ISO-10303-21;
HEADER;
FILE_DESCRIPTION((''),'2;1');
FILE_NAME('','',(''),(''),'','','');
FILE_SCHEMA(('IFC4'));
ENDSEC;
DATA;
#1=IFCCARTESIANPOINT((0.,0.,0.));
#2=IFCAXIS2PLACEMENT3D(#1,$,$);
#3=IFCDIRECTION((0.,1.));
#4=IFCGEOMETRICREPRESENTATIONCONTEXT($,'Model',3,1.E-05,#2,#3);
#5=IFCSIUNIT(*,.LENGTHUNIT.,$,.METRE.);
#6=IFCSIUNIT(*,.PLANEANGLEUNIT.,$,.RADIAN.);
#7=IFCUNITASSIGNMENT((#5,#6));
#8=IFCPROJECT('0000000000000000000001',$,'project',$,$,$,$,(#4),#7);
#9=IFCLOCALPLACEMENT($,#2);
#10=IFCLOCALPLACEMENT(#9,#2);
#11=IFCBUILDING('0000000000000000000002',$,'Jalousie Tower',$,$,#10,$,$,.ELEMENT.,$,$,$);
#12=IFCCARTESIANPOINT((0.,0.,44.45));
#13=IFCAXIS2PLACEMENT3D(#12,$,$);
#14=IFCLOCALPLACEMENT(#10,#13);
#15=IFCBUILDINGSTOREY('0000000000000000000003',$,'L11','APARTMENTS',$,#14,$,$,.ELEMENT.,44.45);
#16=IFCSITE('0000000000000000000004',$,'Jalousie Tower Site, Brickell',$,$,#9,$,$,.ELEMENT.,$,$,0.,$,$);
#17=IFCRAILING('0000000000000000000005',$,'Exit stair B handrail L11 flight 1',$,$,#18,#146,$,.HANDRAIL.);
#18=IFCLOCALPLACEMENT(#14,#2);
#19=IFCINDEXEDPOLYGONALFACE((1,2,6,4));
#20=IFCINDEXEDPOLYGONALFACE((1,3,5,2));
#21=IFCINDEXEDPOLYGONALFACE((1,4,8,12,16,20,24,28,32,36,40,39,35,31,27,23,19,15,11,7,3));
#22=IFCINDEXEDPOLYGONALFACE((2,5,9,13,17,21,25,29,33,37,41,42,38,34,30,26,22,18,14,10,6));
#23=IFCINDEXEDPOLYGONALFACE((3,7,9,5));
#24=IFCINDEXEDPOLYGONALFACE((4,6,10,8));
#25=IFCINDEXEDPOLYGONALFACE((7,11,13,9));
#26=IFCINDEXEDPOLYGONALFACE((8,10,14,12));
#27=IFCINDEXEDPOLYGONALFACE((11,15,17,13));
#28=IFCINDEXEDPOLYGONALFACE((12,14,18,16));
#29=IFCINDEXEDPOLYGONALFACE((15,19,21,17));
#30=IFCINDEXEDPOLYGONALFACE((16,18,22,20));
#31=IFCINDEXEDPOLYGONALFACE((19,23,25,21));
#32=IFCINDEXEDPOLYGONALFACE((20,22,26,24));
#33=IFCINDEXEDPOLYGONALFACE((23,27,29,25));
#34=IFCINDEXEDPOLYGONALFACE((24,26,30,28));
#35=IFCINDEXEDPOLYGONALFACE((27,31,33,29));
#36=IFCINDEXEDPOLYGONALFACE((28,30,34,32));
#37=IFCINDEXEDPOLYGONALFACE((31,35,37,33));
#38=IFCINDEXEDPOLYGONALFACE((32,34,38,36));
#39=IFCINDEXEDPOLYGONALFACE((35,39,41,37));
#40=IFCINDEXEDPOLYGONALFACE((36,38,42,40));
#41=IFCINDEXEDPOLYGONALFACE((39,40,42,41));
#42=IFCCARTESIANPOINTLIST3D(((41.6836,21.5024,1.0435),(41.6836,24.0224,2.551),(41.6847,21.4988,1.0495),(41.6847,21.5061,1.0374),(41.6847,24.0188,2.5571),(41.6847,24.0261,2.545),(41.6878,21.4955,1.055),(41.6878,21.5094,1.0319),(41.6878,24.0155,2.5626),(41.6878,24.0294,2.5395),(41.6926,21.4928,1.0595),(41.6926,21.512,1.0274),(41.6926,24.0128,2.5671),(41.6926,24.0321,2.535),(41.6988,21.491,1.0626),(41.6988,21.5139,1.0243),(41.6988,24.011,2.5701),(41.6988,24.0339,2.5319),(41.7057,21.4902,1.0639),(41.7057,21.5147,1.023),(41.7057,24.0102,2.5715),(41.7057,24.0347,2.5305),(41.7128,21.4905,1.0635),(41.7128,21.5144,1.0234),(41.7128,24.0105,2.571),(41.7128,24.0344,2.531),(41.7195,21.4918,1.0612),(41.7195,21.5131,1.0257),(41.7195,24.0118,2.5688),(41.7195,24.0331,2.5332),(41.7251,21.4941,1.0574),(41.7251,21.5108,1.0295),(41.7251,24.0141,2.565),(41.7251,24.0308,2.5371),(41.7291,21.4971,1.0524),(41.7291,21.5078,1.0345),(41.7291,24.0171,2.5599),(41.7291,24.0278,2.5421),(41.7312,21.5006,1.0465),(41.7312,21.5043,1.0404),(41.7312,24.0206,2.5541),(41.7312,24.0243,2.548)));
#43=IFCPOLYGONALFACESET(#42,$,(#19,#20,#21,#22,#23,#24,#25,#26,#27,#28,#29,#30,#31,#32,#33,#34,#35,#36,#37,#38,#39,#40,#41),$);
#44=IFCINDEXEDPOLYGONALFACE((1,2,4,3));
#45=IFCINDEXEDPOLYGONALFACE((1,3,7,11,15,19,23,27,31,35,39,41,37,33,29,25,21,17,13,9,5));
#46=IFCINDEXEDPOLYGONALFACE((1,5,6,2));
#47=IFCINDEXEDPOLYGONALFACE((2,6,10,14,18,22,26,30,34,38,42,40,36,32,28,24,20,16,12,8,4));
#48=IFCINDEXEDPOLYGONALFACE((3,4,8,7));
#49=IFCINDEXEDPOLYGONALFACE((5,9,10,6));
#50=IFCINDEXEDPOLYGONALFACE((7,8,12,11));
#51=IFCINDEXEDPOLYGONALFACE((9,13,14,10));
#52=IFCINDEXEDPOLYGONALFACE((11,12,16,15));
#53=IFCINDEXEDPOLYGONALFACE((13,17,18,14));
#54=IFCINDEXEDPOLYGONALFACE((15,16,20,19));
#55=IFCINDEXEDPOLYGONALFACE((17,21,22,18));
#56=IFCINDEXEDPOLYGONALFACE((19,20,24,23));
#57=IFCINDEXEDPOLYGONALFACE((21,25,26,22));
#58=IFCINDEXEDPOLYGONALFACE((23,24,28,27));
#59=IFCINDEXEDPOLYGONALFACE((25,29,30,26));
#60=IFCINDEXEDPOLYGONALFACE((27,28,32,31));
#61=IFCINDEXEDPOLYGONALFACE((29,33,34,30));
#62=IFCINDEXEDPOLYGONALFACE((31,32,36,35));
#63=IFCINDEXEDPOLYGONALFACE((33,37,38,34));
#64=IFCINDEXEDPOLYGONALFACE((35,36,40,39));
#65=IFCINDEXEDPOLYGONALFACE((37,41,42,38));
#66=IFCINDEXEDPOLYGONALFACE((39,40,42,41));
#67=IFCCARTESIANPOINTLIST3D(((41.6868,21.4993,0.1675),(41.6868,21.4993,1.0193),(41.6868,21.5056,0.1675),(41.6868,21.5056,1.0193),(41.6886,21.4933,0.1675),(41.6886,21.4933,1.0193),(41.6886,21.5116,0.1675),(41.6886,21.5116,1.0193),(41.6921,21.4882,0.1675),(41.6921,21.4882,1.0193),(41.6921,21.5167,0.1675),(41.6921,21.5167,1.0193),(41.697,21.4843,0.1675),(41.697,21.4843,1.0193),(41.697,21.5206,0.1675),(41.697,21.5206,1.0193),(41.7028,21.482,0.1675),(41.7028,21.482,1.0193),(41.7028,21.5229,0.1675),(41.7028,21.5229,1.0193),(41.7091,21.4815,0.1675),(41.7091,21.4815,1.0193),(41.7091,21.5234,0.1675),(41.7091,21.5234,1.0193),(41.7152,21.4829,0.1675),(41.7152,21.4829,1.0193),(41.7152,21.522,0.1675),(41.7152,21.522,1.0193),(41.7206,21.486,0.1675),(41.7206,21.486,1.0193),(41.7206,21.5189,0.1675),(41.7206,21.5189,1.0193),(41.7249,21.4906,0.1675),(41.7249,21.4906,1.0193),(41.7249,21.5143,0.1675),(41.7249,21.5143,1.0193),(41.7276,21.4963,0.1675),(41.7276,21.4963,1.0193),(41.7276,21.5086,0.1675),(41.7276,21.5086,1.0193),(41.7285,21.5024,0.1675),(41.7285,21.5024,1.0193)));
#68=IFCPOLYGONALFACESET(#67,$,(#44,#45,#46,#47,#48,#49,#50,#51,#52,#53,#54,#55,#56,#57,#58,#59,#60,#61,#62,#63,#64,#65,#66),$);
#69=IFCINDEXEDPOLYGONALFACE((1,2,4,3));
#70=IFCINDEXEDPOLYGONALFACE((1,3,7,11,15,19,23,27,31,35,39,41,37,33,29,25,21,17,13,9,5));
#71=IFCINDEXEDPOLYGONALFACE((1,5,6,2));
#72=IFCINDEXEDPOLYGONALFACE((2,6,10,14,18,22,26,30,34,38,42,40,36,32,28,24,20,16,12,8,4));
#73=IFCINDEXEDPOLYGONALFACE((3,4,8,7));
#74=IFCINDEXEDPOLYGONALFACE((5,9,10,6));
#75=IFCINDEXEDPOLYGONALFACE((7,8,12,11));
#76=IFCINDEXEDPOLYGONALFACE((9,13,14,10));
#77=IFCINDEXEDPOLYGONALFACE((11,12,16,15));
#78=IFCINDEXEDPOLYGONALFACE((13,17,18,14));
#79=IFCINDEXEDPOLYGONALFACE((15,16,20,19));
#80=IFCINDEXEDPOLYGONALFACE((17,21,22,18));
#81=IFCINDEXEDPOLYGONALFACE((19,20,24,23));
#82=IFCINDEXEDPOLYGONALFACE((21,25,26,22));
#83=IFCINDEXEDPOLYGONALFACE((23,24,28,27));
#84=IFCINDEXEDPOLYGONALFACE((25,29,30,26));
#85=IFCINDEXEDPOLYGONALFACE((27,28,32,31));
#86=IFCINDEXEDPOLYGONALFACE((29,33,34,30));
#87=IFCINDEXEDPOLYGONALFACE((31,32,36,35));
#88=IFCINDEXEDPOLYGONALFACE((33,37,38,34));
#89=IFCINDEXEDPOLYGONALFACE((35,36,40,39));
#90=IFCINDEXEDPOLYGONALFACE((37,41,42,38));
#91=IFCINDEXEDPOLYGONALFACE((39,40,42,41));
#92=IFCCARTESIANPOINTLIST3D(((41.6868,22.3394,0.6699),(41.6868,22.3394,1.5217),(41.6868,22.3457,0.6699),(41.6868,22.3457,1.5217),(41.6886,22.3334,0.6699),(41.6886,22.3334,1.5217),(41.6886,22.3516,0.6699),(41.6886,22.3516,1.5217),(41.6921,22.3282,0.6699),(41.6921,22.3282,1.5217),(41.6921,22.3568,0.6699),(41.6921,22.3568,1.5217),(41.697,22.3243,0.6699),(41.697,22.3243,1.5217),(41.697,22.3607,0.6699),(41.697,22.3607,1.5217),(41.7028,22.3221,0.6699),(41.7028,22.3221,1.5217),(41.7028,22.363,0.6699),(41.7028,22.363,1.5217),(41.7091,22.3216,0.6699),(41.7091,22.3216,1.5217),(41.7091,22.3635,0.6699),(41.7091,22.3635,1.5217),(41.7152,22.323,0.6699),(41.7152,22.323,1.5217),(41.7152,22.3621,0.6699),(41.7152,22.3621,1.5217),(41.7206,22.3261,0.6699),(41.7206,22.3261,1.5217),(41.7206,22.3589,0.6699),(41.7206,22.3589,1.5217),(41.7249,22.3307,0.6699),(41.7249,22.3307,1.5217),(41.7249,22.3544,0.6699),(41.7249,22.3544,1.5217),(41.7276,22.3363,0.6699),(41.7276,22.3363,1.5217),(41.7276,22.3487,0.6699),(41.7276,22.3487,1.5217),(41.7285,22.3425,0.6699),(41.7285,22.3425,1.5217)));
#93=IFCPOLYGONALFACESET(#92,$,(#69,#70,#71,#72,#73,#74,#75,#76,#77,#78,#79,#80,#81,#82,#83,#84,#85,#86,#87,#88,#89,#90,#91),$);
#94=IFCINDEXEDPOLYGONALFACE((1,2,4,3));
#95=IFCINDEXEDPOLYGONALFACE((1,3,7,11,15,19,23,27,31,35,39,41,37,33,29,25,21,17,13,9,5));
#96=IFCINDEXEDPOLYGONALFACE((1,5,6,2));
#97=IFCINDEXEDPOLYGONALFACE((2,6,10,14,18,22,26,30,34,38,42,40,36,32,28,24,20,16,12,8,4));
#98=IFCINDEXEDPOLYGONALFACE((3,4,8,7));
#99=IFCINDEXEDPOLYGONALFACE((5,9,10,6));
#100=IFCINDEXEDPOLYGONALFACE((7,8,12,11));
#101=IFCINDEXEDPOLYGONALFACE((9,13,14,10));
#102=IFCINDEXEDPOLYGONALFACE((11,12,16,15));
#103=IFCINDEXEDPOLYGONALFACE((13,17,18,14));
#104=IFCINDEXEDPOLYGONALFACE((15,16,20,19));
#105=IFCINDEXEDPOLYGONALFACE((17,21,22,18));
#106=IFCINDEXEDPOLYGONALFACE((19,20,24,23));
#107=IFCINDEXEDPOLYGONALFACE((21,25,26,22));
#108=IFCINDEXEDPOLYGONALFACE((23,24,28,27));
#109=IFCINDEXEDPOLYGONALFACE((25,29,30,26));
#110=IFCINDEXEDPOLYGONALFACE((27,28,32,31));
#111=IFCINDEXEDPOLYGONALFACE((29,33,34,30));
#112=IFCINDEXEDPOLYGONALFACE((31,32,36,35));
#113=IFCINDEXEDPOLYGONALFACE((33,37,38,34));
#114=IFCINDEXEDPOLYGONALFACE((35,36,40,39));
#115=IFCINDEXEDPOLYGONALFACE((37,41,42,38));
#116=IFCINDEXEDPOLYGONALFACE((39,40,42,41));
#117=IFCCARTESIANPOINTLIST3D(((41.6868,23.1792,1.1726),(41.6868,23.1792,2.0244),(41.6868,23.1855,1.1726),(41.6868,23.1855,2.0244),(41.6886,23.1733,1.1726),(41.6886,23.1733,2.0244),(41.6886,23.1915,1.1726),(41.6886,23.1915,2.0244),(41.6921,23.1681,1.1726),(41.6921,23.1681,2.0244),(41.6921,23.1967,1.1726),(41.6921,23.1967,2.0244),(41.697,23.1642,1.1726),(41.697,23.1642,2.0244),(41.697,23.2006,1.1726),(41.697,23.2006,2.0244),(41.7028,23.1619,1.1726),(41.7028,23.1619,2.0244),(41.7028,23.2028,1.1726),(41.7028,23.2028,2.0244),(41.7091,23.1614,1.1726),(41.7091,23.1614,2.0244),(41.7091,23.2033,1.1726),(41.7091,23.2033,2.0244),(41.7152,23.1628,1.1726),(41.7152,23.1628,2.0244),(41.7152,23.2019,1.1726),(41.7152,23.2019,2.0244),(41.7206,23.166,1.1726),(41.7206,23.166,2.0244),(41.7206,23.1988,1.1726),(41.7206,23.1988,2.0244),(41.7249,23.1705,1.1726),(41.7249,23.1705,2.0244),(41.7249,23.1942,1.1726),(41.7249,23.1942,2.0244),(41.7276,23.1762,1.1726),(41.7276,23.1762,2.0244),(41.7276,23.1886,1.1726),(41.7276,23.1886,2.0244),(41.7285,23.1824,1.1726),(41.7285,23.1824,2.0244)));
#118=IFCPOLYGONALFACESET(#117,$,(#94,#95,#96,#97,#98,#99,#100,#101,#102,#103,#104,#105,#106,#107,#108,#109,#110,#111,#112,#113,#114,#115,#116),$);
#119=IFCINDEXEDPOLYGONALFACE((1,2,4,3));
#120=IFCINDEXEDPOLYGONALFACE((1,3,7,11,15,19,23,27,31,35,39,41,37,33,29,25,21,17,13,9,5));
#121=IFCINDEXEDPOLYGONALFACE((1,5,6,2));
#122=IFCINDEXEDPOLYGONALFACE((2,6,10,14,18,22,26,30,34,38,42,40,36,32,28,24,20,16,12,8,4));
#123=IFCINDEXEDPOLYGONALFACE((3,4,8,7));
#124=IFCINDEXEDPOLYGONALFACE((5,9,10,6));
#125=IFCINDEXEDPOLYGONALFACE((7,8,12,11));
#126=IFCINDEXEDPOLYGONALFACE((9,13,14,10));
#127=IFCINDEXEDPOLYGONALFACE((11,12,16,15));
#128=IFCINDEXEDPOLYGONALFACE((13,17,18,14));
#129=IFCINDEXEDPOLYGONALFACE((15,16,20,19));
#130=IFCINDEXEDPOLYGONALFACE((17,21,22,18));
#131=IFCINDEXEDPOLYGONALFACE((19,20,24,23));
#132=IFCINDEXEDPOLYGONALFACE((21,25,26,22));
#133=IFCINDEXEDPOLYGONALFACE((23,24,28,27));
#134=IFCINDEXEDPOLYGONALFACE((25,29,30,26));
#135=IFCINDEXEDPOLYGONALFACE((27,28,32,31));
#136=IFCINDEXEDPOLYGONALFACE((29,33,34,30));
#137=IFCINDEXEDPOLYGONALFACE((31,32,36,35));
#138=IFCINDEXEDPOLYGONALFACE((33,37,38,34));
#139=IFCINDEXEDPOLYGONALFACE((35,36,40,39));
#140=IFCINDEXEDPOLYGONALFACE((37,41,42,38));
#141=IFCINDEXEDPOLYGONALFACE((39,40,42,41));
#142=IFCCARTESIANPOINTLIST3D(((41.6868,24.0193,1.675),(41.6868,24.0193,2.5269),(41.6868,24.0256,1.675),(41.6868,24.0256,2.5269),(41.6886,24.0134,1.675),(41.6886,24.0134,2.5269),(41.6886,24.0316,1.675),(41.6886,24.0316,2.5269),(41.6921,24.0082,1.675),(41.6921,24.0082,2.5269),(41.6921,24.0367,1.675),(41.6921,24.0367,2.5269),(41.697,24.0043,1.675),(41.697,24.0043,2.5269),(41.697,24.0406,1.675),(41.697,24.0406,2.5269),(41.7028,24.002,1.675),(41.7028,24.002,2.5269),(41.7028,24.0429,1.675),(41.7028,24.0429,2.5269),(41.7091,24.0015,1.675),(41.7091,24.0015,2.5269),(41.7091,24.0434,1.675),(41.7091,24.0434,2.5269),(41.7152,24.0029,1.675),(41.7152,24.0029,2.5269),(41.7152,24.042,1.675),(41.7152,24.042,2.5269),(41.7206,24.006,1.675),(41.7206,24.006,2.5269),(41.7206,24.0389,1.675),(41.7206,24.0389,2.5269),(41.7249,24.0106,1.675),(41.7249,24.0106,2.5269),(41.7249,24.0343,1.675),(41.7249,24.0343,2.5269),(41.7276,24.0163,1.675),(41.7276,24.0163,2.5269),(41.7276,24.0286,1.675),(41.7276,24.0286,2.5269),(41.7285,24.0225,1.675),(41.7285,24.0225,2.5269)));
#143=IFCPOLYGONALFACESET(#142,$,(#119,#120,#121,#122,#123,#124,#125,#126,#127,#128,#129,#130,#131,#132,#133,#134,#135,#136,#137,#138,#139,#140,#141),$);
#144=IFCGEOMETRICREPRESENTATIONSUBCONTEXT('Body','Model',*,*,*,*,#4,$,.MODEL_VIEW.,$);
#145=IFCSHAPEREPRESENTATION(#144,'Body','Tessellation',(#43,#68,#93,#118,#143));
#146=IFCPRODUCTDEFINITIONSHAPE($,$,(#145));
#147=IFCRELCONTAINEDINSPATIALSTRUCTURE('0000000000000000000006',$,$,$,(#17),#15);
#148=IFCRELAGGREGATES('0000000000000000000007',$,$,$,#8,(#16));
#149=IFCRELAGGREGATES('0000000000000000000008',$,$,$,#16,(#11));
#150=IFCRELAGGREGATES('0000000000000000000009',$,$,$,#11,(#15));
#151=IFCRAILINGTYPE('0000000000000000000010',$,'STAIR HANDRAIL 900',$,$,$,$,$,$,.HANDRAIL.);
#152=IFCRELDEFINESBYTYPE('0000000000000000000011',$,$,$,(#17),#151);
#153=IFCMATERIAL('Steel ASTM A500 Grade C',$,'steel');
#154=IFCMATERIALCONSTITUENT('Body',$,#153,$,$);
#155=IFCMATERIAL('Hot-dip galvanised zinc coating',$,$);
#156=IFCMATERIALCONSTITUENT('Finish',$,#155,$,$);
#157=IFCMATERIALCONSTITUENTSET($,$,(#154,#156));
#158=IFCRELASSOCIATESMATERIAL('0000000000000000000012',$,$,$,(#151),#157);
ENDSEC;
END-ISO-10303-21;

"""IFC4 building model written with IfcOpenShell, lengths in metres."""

from ifc_helpers import new_model, si_unit, direction, frame, origin, origin_2d, place, context, subcontext, project, spatial, circle, extrude, material, constituent, constituent_set, type_object, element, save


model = new_model("IFC4")

# Units and contexts
model_context = context("Model", 3, precision=1e-05, world=origin(), true_north=direction((0.0, 1.0)))
body_context = subcontext(model_context, "Body", "Model", "MODEL_VIEW")
ifc_project = project(units=[si_unit("LENGTHUNIT", "METRE"), si_unit("PLANEANGLEUNIT", "RADIAN")], contexts=[model_context])

# Site, building, storey
site_placement = place(None, origin())
site = spatial("IfcSite", under=ifc_project, at=site_placement, Name="Jalousie Tower Site, Brickell", CompositionType="ELEMENT", RefElevation=0.0)
building_placement = place(site_placement, origin())
building = spatial("IfcBuilding", under=site, at=building_placement, Name="Jalousie Tower", CompositionType="ELEMENT")
storey_placement = place(building_placement, frame((0.0, 0.0, 44.45)))
storey = spatial("IfcBuildingStorey", under=building, at=storey_placement, Name="L11", Description="APARTMENTS", CompositionType="ELEMENT", Elevation=44.45)

# Railing
ifc_material_1 = material(Name="Steel ASTM A500 Grade C", Category="steel")
ifc_constituent_1 = constituent(ifc_material_1, Name="Body")
ifc_material_2 = material(Name="Hot-dip galvanised zinc coating")
ifc_constituent_2 = constituent(ifc_material_2, Name="Finish")
ifc_constituent_set_1 = constituent_set(constituents=[ifc_constituent_1, ifc_constituent_2])
railing_type_1 = type_object("IfcRailingType", Name="STAIR HANDRAIL 900", PredefinedType="HANDRAIL", material=ifc_constituent_set_1)
railing_1_placement = place(storey_placement, frame((41.7075, 21.5024, 0.1675)))
element("IfcRailing", 1, at=railing_1_placement, inside=storey, type_object=railing_type_1, Name="Exit stair B handrail L11 flight 1", PredefinedType="HANDRAIL", context=body_context, shape_type="SweptSolid", body=[
    extrude(circle(Radius=0.0239, at=origin_2d()), frame((0.0, 0.0, 0.876), z_axis=(0.0, 0.85816, 0.513383), x_axis=(-1.0, 0.0, 0.0)), (0.0, 0.0, 1.0), 2.9365),
    extrude(circle(Radius=0.021, at=origin_2d()), origin(), (0.0, 0.0, 1.0), 0.8518),
    extrude(circle(Radius=0.021, at=origin_2d()), frame((0.0, 0.8401, 0.5024)), (0.0, 0.0, 1.0), 0.8518),
    extrude(circle(Radius=0.021, at=origin_2d()), frame((0.0, 1.6799, 1.0051)), (0.0, 0.0, 1.0), 0.8518),
    extrude(circle(Radius=0.021, at=origin_2d()), frame((0.0, 2.52, 1.5076)), (0.0, 0.0, 1.0), 0.8518),
])

save(model, "model.ifc")
